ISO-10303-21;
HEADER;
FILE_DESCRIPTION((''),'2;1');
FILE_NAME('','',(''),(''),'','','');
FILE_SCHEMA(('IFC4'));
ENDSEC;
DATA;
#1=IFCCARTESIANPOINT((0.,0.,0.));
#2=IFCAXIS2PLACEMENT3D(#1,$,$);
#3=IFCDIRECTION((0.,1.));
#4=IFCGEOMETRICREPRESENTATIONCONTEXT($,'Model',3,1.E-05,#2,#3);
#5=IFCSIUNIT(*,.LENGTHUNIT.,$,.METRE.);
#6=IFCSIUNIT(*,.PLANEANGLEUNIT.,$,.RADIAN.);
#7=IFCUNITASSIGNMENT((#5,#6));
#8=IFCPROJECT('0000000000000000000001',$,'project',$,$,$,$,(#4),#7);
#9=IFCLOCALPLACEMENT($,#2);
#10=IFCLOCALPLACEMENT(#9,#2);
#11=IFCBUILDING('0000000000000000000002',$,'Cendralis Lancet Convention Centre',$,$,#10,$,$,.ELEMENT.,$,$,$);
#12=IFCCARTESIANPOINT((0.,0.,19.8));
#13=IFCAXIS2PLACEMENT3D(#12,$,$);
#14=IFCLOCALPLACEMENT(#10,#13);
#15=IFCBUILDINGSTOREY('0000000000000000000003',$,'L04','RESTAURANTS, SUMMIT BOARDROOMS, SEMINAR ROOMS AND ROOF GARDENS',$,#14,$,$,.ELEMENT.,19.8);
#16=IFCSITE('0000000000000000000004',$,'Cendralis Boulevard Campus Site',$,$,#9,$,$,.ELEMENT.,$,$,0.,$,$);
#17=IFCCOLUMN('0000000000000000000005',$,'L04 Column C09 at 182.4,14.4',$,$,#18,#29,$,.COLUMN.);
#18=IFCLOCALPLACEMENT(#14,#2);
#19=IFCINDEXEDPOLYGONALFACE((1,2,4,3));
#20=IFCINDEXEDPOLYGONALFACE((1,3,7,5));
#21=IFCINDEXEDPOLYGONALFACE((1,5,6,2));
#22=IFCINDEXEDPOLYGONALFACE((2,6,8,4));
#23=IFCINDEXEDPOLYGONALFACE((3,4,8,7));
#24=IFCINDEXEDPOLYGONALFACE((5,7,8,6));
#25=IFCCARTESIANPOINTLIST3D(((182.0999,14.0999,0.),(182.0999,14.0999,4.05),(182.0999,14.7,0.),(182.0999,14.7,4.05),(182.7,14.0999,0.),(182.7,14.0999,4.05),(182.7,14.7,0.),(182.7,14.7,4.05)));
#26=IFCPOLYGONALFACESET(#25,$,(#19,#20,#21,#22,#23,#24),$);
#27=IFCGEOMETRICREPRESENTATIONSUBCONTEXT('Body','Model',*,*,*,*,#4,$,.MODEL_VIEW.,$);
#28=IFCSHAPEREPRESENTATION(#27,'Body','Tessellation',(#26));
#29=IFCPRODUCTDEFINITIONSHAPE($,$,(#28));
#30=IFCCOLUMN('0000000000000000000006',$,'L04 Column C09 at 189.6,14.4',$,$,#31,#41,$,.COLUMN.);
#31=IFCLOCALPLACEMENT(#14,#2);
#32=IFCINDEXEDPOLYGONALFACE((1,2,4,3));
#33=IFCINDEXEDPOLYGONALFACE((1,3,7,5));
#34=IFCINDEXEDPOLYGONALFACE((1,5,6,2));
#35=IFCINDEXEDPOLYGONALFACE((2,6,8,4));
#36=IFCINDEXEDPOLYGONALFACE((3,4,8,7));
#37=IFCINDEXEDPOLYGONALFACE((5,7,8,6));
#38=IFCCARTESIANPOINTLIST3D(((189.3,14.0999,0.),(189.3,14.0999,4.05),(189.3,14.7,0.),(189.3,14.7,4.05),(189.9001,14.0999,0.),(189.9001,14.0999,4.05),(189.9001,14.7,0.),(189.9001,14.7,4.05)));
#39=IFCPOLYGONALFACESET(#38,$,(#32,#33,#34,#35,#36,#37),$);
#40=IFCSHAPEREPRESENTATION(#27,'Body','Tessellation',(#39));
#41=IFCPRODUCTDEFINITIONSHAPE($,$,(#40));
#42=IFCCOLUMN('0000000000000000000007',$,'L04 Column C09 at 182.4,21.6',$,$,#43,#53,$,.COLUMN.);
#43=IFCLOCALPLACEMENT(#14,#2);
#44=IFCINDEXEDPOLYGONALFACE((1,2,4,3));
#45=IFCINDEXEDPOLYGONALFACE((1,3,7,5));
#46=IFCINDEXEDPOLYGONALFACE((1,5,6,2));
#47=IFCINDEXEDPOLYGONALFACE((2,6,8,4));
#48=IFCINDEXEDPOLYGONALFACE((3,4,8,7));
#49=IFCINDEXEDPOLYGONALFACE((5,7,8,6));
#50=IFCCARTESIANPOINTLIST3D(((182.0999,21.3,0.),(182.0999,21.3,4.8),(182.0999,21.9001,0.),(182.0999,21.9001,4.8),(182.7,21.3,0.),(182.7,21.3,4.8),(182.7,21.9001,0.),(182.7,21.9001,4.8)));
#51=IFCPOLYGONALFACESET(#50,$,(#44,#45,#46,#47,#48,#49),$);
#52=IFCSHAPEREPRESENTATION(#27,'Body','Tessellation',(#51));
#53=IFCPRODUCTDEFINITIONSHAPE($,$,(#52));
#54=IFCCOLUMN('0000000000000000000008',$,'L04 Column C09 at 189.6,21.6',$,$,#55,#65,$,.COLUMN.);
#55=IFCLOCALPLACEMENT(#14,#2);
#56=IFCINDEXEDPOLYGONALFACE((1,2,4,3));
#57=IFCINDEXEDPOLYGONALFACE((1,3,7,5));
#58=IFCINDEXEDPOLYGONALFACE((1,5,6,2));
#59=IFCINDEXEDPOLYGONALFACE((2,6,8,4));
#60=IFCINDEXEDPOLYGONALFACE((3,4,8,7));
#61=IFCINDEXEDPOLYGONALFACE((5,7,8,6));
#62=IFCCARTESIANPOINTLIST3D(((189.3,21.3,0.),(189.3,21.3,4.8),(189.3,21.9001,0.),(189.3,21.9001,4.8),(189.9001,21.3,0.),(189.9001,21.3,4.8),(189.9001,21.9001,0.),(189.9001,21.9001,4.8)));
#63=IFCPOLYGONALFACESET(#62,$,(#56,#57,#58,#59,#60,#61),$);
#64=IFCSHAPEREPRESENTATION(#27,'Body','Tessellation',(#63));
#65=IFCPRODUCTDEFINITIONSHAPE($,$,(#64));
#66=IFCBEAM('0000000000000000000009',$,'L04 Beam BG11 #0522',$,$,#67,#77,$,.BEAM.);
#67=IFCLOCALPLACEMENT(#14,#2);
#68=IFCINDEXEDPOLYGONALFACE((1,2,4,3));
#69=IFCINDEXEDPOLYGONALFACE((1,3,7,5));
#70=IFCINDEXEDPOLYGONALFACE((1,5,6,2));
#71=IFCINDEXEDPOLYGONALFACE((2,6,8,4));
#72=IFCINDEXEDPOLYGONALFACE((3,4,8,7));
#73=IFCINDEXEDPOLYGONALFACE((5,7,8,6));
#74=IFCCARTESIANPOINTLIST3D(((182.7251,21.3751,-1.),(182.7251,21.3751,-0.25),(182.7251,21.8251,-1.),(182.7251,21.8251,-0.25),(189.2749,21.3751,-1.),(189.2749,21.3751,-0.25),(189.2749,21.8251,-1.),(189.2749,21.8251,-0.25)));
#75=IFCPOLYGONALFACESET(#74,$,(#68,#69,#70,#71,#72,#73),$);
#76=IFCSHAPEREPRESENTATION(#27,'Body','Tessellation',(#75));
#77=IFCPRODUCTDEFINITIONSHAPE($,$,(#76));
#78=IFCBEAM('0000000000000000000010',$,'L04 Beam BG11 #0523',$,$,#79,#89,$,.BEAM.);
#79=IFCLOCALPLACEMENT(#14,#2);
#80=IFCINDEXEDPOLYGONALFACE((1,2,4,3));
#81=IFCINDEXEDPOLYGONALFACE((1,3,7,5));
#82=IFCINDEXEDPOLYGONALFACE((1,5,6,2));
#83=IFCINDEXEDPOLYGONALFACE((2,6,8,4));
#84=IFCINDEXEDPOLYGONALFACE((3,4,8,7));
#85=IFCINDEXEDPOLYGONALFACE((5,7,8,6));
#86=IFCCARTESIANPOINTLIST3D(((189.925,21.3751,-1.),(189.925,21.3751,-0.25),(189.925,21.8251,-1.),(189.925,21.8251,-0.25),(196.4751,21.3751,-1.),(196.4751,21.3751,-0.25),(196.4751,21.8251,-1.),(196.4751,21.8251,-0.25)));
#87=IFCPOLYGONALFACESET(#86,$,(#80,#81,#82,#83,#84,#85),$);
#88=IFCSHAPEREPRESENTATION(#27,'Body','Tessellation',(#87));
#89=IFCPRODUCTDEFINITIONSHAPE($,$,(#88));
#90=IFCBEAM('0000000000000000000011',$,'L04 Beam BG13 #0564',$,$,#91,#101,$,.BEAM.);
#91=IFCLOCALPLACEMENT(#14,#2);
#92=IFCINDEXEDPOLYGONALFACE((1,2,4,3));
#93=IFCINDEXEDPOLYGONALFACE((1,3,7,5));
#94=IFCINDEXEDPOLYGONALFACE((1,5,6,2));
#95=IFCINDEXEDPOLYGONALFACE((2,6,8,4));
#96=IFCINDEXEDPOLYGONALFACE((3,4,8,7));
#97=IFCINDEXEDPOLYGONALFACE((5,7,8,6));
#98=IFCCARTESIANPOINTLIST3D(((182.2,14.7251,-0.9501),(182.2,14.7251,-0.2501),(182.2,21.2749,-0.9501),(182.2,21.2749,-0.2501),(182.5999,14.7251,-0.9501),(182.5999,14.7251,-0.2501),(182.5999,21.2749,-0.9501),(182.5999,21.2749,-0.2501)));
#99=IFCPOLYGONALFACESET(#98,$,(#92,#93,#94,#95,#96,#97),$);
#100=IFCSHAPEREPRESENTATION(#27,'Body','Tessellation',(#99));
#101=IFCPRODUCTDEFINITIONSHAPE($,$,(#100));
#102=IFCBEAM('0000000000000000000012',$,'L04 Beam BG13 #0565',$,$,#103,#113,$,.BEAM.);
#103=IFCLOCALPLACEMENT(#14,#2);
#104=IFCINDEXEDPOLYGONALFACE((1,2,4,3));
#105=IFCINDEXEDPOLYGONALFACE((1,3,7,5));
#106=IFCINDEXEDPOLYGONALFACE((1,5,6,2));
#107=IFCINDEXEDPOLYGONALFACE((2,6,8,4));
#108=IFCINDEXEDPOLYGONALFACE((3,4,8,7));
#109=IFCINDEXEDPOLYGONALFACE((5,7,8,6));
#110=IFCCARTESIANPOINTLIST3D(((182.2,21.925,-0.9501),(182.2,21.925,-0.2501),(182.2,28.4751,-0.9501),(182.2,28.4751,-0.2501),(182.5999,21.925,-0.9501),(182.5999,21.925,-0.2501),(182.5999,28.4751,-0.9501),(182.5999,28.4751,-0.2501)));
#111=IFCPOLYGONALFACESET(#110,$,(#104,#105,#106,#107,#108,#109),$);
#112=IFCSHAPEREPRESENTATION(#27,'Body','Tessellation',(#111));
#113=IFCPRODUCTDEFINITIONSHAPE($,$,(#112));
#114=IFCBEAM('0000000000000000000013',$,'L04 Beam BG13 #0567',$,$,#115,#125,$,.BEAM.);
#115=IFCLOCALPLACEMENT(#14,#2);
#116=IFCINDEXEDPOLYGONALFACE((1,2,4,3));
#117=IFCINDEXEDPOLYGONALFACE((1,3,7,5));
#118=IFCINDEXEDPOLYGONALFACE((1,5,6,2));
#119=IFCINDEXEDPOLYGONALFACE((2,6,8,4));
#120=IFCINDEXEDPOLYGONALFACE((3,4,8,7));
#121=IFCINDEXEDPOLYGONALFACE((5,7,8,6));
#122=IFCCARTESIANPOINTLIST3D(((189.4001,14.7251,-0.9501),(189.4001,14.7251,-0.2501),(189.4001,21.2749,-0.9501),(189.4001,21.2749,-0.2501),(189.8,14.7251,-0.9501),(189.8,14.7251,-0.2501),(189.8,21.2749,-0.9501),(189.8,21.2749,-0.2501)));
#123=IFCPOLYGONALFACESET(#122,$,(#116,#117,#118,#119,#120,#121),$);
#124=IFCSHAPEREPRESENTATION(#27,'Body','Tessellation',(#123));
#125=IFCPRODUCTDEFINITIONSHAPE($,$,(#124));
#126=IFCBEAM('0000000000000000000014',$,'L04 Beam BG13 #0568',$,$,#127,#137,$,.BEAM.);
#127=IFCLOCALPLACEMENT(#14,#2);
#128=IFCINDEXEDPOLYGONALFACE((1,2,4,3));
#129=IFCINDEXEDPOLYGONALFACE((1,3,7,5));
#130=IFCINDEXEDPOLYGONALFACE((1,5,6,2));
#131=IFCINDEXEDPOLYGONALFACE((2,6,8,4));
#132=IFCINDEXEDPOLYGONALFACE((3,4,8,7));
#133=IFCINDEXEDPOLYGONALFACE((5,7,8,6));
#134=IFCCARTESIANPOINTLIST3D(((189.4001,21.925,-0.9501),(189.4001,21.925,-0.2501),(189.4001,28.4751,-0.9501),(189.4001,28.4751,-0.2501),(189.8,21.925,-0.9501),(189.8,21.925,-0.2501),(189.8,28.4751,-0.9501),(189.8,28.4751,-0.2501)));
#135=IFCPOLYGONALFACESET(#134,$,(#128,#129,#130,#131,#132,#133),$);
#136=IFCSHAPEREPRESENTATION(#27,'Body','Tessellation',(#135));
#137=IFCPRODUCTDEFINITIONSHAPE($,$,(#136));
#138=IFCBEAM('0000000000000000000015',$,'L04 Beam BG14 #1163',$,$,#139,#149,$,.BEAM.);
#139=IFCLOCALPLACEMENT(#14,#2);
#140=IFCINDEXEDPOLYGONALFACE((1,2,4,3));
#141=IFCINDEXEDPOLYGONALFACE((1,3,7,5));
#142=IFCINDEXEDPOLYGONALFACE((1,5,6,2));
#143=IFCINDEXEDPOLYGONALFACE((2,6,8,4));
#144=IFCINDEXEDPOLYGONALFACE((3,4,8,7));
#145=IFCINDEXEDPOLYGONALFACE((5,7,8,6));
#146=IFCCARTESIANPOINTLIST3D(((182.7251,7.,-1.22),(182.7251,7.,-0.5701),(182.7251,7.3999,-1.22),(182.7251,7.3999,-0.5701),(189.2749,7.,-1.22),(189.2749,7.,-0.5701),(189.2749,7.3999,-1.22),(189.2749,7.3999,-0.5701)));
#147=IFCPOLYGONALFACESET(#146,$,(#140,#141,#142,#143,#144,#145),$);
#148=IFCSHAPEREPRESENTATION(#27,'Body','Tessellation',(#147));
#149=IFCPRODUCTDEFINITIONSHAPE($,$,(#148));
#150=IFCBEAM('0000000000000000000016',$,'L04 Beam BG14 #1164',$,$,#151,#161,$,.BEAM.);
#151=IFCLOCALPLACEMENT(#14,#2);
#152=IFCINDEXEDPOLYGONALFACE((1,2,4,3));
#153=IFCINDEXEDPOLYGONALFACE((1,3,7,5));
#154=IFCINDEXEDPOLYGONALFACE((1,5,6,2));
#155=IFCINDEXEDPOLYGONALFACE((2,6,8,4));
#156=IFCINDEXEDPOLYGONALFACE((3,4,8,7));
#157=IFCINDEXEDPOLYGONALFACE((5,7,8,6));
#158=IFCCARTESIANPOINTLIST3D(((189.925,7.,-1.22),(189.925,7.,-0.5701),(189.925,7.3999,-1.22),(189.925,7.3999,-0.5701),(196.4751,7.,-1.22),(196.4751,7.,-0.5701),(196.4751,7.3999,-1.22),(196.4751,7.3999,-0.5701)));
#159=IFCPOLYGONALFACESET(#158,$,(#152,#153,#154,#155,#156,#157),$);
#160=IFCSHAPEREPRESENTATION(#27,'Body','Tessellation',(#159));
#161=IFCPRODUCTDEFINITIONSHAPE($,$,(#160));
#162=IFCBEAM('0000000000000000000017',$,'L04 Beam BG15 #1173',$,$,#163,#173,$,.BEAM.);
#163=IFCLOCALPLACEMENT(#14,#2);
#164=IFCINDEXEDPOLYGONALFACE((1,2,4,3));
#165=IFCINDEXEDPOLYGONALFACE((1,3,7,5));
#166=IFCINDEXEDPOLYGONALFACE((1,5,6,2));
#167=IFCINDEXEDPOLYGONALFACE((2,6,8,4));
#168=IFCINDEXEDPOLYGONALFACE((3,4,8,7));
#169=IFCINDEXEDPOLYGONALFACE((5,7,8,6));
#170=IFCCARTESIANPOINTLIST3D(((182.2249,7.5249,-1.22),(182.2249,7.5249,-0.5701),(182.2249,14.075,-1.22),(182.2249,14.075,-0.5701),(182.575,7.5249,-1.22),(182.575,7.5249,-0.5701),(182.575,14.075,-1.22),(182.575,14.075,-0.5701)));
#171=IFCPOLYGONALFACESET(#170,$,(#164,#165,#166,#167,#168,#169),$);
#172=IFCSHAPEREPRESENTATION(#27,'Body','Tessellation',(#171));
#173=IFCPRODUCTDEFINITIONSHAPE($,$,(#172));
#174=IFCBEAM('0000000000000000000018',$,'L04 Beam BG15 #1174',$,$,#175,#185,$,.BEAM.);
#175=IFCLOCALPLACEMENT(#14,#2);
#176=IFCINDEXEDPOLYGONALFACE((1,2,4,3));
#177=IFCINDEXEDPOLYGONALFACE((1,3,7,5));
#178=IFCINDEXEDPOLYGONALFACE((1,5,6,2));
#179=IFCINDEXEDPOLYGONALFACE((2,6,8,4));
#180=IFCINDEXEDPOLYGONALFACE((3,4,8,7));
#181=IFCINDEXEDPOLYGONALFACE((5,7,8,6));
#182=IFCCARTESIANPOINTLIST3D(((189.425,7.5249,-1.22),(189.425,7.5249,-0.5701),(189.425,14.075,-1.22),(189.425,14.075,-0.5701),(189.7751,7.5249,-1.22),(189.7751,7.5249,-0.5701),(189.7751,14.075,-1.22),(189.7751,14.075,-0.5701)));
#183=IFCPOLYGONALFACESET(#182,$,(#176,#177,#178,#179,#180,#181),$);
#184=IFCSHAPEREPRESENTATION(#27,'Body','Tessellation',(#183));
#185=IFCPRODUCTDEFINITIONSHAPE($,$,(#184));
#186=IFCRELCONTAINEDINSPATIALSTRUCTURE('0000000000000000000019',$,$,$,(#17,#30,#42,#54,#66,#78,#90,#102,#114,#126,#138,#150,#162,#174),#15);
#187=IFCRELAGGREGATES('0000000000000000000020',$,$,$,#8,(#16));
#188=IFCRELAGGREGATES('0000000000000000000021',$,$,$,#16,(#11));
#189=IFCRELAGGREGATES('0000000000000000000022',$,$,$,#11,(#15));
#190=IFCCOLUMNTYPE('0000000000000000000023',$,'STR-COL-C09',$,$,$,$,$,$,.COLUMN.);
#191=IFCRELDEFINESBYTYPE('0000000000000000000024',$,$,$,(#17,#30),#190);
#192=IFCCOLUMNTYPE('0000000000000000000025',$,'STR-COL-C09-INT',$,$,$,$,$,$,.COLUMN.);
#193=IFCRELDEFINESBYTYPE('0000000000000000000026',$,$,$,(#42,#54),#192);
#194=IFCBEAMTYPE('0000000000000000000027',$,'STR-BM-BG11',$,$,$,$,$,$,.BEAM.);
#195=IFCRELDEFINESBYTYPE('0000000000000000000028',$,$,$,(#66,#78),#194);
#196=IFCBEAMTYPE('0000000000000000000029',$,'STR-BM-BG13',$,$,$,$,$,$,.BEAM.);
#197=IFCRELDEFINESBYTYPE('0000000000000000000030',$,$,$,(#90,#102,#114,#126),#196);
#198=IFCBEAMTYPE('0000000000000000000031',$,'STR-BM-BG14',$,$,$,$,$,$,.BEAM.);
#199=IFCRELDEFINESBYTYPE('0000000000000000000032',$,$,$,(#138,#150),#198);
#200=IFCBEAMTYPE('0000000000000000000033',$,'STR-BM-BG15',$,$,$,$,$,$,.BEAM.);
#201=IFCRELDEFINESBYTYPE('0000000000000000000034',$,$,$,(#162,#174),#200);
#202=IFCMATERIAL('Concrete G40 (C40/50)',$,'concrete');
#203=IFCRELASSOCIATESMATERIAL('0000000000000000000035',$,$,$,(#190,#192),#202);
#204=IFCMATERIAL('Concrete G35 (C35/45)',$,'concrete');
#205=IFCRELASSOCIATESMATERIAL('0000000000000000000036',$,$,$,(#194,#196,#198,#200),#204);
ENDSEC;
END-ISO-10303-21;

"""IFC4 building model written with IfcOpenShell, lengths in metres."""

from ifc_helpers import new_model, si_unit, direction, frame, origin, origin_2d, place, context, subcontext, project, spatial, rectangle, extrude, material, material_profile, profile_set, type_object, element, save


model = new_model("IFC4")

# Units and contexts
model_context = context("Model", 3, precision=1e-05, world=origin(), true_north=direction((0.0, 1.0)))
body_context = subcontext(model_context, "Body", "Model", "MODEL_VIEW")
ifc_project = project(units=[si_unit("LENGTHUNIT", "METRE"), si_unit("PLANEANGLEUNIT", "RADIAN")], contexts=[model_context])

# Site, building, storey
site_placement = place(None, origin())
site = spatial("IfcSite", under=ifc_project, at=site_placement, Name="Cendralis Boulevard Campus Site", CompositionType="ELEMENT", RefElevation=0.0)
building_placement = place(site_placement, origin())
building = spatial("IfcBuilding", under=site, at=building_placement, Name="Cendralis Lancet Convention Centre", CompositionType="ELEMENT")
storey_placement = place(building_placement, frame((0.0, 0.0, 19.8)))
storey = spatial("IfcBuildingStorey", under=building, at=storey_placement, Name="L04", Description="RESTAURANTS, SUMMIT BOARDROOMS, SEMINAR ROOMS AND ROOF GARDENS", CompositionType="ELEMENT", Elevation=19.8)

# Columns
ifc_material_1 = material(Name="Concrete G40 (C40/50)", Category="concrete")
ifc_material_profile_1 = material_profile(ifc_material_1, rectangle(XDim=0.6001, YDim=0.6001, at=origin_2d()), Name="RC 600x600")
ifc_profile_set_1 = profile_set([ifc_material_profile_1], Name="Concrete G40 (C40/50)")
column_type_1 = type_object("IfcColumnType", Name="STR-COL-C09", PredefinedType="COLUMN", material=ifc_profile_set_1)
for number, where, z_axis, x_axis, name in (
    (1, (182.3999, 14.3999, 0.0), (0.0, 0.0, 1.0), (1.0, 0.0, 0.0), "L04 Column C09 at 182.4,14.4"),
    (2, (189.6001, 14.3999, 0.0), (0.0, 0.0, 1.0), (1.0, 0.0, 0.0), "L04 Column C09 at 189.6,14.4"),
):
    element("IfcColumn", number, at=place(storey_placement, frame(where, z_axis=z_axis, x_axis=x_axis)), inside=storey, type_object=column_type_1, Name=name, PredefinedType="COLUMN", context=body_context, shape_type="SweptSolid", body=[
        extrude(rectangle(XDim=0.6001, YDim=0.6001, at=origin_2d()), origin(), (0.0, 0.0, 1.0), 4.05),
    ])
ifc_material_profile_2 = material_profile(ifc_material_1, rectangle(XDim=0.6001, YDim=0.6001, at=origin_2d()), Name="RC 600x600")
ifc_profile_set_2 = profile_set([ifc_material_profile_2], Name="Concrete G40 (C40/50)")
column_type_2 = type_object("IfcColumnType", Name="STR-COL-C09-INT", PredefinedType="COLUMN", material=ifc_profile_set_2)
for number, where, z_axis, x_axis, name in (
    (3, (182.3999, 21.6001, 0.0), (0.0, 0.0, 1.0), (1.0, 0.0, 0.0), "L04 Column C09 at 182.4,21.6"),
    (4, (189.6001, 21.6001, 0.0), (0.0, 0.0, 1.0), (1.0, 0.0, 0.0), "L04 Column C09 at 189.6,21.6"),
):
    element("IfcColumn", number, at=place(storey_placement, frame(where, z_axis=z_axis, x_axis=x_axis)), inside=storey, type_object=column_type_2, Name=name, PredefinedType="COLUMN", context=body_context, shape_type="SweptSolid", body=[
        extrude(rectangle(XDim=0.6001, YDim=0.6001, at=origin_2d()), origin(), (0.0, 0.0, 1.0), 4.8),
    ])

# Beams
ifc_material_2 = material(Name="Concrete G35 (C35/45)", Category="concrete")
ifc_material_profile_3 = material_profile(ifc_material_2, rectangle(XDim=0.45, YDim=0.75, at=origin_2d()), Name="RCB 450x750")
ifc_profile_set_3 = profile_set([ifc_material_profile_3], Name="Concrete G35 (C35/45)")
beam_type_1 = type_object("IfcBeamType", Name="STR-BM-BG11", PredefinedType="BEAM", material=ifc_profile_set_3)
beam_1_placement = place(storey_placement, frame((182.7251, 21.6001, -0.625), z_axis=(1.0, 0.0, 0.0), x_axis=(0.0, 1.0, 0.0)))
element("IfcBeam", 5, at=beam_1_placement, inside=storey, type_object=beam_type_1, Name="L04 Beam BG11 #0522", PredefinedType="BEAM", context=body_context, shape_type="SweptSolid", body=[
    extrude(rectangle(XDim=0.45, YDim=0.75, at=origin_2d()), origin(), (0.0, 0.0, 1.0), 6.5498),
])
beam_2_placement = place(storey_placement, frame((189.925, 21.6001, -0.625), z_axis=(1.0, 0.0, 0.0), x_axis=(0.0, 1.0, 0.0)))
element("IfcBeam", 6, at=beam_2_placement, inside=storey, type_object=beam_type_1, Name="L04 Beam BG11 #0523", PredefinedType="BEAM", context=body_context, shape_type="SweptSolid", body=[
    extrude(rectangle(XDim=0.45, YDim=0.75, at=origin_2d()), origin(), (0.0, 0.0, 1.0), 6.55),
])
ifc_material_profile_4 = material_profile(ifc_material_2, rectangle(XDim=0.3999, YDim=0.7, at=origin_2d()), Name="RCB 400x700")
ifc_profile_set_4 = profile_set([ifc_material_profile_4], Name="Concrete G35 (C35/45)")
beam_type_2 = type_object("IfcBeamType", Name="STR-BM-BG13", PredefinedType="BEAM", material=ifc_profile_set_4)
beam_3_placement = place(storey_placement, frame((182.3999, 14.7251, -0.6001), z_axis=(0.0, 1.0, 0.0), x_axis=(-1.0, 0.0, 0.0)))
element("IfcBeam", 7, at=beam_3_placement, inside=storey, type_object=beam_type_2, Name="L04 Beam BG13 #0564", PredefinedType="BEAM", context=body_context, shape_type="SweptSolid", body=[
    extrude(rectangle(XDim=0.3999, YDim=0.7, at=origin_2d()), origin(), (0.0, 0.0, 1.0), 6.5498),
])
beam_4_placement = place(storey_placement, frame((182.3999, 21.925, -0.6001), z_axis=(0.0, 1.0, 0.0), x_axis=(-1.0, 0.0, 0.0)))
element("IfcBeam", 8, at=beam_4_placement, inside=storey, type_object=beam_type_2, Name="L04 Beam BG13 #0565", PredefinedType="BEAM", context=body_context, shape_type="SweptSolid", body=[
    extrude(rectangle(XDim=0.3999, YDim=0.7, at=origin_2d()), origin(), (0.0, 0.0, 1.0), 6.55),
])
beam_5_placement = place(storey_placement, frame((189.6001, 14.7251, -0.6001), z_axis=(0.0, 1.0, 0.0), x_axis=(-1.0, 0.0, 0.0)))
element("IfcBeam", 9, at=beam_5_placement, inside=storey, type_object=beam_type_2, Name="L04 Beam BG13 #0567", PredefinedType="BEAM", context=body_context, shape_type="SweptSolid", body=[
    extrude(rectangle(XDim=0.3999, YDim=0.7, at=origin_2d()), origin(), (0.0, 0.0, 1.0), 6.5498),
])
beam_6_placement = place(storey_placement, frame((189.6001, 21.925, -0.6001), z_axis=(0.0, 1.0, 0.0), x_axis=(-1.0, 0.0, 0.0)))
element("IfcBeam", 10, at=beam_6_placement, inside=storey, type_object=beam_type_2, Name="L04 Beam BG13 #0568", PredefinedType="BEAM", context=body_context, shape_type="SweptSolid", body=[
    extrude(rectangle(XDim=0.3999, YDim=0.7, at=origin_2d()), origin(), (0.0, 0.0, 1.0), 6.55),
])
ifc_material_profile_5 = material_profile(ifc_material_2, rectangle(XDim=0.3999, YDim=0.6499, at=origin_2d()), Name="RCB 400x650")
ifc_profile_set_5 = profile_set([ifc_material_profile_5], Name="Concrete G35 (C35/45)")
beam_type_3 = type_object("IfcBeamType", Name="STR-BM-BG14", PredefinedType="BEAM", material=ifc_profile_set_5)
beam_7_placement = place(storey_placement, frame((182.7251, 7.2, -0.895), z_axis=(1.0, 0.0, 0.0), x_axis=(0.0, 1.0, 0.0)))
element("IfcBeam", 11, at=beam_7_placement, inside=storey, type_object=beam_type_3, Name="L04 Beam BG14 #1163", PredefinedType="BEAM", context=body_context, shape_type="SweptSolid", body=[
    extrude(rectangle(XDim=0.3999, YDim=0.6499, at=origin_2d()), origin(), (0.0, 0.0, 1.0), 6.5498),
])
beam_8_placement = place(storey_placement, frame((189.925, 7.2, -0.895), z_axis=(1.0, 0.0, 0.0), x_axis=(0.0, 1.0, 0.0)))
element("IfcBeam", 12, at=beam_8_placement, inside=storey, type_object=beam_type_3, Name="L04 Beam BG14 #1164", PredefinedType="BEAM", context=body_context, shape_type="SweptSolid", body=[
    extrude(rectangle(XDim=0.3999, YDim=0.6499, at=origin_2d()), origin(), (0.0, 0.0, 1.0), 6.55),
])
ifc_material_profile_6 = material_profile(ifc_material_2, rectangle(XDim=0.3501, YDim=0.6499, at=origin_2d()), Name="RCB 350x650")
ifc_profile_set_6 = profile_set([ifc_material_profile_6], Name="Concrete G35 (C35/45)")
beam_type_4 = type_object("IfcBeamType", Name="STR-BM-BG15", PredefinedType="BEAM", material=ifc_profile_set_6)
for number, where, z_axis, x_axis, name in (
    (13, (182.3999, 7.5249, -0.895), (0.0, 1.0, 0.0), (-1.0, 0.0, 0.0), "L04 Beam BG15 #1173"),
    (14, (189.6001, 7.5249, -0.895), (0.0, 1.0, 0.0), (-1.0, 0.0, 0.0), "L04 Beam BG15 #1174"),
):
    element("IfcBeam", number, at=place(storey_placement, frame(where, z_axis=z_axis, x_axis=x_axis)), inside=storey, type_object=beam_type_4, Name=name, PredefinedType="BEAM", context=body_context, shape_type="SweptSolid", body=[
        extrude(rectangle(XDim=0.3501, YDim=0.6499, at=origin_2d()), origin(), (0.0, 0.0, 1.0), 6.55),
    ])

save(model, "model.ifc")
